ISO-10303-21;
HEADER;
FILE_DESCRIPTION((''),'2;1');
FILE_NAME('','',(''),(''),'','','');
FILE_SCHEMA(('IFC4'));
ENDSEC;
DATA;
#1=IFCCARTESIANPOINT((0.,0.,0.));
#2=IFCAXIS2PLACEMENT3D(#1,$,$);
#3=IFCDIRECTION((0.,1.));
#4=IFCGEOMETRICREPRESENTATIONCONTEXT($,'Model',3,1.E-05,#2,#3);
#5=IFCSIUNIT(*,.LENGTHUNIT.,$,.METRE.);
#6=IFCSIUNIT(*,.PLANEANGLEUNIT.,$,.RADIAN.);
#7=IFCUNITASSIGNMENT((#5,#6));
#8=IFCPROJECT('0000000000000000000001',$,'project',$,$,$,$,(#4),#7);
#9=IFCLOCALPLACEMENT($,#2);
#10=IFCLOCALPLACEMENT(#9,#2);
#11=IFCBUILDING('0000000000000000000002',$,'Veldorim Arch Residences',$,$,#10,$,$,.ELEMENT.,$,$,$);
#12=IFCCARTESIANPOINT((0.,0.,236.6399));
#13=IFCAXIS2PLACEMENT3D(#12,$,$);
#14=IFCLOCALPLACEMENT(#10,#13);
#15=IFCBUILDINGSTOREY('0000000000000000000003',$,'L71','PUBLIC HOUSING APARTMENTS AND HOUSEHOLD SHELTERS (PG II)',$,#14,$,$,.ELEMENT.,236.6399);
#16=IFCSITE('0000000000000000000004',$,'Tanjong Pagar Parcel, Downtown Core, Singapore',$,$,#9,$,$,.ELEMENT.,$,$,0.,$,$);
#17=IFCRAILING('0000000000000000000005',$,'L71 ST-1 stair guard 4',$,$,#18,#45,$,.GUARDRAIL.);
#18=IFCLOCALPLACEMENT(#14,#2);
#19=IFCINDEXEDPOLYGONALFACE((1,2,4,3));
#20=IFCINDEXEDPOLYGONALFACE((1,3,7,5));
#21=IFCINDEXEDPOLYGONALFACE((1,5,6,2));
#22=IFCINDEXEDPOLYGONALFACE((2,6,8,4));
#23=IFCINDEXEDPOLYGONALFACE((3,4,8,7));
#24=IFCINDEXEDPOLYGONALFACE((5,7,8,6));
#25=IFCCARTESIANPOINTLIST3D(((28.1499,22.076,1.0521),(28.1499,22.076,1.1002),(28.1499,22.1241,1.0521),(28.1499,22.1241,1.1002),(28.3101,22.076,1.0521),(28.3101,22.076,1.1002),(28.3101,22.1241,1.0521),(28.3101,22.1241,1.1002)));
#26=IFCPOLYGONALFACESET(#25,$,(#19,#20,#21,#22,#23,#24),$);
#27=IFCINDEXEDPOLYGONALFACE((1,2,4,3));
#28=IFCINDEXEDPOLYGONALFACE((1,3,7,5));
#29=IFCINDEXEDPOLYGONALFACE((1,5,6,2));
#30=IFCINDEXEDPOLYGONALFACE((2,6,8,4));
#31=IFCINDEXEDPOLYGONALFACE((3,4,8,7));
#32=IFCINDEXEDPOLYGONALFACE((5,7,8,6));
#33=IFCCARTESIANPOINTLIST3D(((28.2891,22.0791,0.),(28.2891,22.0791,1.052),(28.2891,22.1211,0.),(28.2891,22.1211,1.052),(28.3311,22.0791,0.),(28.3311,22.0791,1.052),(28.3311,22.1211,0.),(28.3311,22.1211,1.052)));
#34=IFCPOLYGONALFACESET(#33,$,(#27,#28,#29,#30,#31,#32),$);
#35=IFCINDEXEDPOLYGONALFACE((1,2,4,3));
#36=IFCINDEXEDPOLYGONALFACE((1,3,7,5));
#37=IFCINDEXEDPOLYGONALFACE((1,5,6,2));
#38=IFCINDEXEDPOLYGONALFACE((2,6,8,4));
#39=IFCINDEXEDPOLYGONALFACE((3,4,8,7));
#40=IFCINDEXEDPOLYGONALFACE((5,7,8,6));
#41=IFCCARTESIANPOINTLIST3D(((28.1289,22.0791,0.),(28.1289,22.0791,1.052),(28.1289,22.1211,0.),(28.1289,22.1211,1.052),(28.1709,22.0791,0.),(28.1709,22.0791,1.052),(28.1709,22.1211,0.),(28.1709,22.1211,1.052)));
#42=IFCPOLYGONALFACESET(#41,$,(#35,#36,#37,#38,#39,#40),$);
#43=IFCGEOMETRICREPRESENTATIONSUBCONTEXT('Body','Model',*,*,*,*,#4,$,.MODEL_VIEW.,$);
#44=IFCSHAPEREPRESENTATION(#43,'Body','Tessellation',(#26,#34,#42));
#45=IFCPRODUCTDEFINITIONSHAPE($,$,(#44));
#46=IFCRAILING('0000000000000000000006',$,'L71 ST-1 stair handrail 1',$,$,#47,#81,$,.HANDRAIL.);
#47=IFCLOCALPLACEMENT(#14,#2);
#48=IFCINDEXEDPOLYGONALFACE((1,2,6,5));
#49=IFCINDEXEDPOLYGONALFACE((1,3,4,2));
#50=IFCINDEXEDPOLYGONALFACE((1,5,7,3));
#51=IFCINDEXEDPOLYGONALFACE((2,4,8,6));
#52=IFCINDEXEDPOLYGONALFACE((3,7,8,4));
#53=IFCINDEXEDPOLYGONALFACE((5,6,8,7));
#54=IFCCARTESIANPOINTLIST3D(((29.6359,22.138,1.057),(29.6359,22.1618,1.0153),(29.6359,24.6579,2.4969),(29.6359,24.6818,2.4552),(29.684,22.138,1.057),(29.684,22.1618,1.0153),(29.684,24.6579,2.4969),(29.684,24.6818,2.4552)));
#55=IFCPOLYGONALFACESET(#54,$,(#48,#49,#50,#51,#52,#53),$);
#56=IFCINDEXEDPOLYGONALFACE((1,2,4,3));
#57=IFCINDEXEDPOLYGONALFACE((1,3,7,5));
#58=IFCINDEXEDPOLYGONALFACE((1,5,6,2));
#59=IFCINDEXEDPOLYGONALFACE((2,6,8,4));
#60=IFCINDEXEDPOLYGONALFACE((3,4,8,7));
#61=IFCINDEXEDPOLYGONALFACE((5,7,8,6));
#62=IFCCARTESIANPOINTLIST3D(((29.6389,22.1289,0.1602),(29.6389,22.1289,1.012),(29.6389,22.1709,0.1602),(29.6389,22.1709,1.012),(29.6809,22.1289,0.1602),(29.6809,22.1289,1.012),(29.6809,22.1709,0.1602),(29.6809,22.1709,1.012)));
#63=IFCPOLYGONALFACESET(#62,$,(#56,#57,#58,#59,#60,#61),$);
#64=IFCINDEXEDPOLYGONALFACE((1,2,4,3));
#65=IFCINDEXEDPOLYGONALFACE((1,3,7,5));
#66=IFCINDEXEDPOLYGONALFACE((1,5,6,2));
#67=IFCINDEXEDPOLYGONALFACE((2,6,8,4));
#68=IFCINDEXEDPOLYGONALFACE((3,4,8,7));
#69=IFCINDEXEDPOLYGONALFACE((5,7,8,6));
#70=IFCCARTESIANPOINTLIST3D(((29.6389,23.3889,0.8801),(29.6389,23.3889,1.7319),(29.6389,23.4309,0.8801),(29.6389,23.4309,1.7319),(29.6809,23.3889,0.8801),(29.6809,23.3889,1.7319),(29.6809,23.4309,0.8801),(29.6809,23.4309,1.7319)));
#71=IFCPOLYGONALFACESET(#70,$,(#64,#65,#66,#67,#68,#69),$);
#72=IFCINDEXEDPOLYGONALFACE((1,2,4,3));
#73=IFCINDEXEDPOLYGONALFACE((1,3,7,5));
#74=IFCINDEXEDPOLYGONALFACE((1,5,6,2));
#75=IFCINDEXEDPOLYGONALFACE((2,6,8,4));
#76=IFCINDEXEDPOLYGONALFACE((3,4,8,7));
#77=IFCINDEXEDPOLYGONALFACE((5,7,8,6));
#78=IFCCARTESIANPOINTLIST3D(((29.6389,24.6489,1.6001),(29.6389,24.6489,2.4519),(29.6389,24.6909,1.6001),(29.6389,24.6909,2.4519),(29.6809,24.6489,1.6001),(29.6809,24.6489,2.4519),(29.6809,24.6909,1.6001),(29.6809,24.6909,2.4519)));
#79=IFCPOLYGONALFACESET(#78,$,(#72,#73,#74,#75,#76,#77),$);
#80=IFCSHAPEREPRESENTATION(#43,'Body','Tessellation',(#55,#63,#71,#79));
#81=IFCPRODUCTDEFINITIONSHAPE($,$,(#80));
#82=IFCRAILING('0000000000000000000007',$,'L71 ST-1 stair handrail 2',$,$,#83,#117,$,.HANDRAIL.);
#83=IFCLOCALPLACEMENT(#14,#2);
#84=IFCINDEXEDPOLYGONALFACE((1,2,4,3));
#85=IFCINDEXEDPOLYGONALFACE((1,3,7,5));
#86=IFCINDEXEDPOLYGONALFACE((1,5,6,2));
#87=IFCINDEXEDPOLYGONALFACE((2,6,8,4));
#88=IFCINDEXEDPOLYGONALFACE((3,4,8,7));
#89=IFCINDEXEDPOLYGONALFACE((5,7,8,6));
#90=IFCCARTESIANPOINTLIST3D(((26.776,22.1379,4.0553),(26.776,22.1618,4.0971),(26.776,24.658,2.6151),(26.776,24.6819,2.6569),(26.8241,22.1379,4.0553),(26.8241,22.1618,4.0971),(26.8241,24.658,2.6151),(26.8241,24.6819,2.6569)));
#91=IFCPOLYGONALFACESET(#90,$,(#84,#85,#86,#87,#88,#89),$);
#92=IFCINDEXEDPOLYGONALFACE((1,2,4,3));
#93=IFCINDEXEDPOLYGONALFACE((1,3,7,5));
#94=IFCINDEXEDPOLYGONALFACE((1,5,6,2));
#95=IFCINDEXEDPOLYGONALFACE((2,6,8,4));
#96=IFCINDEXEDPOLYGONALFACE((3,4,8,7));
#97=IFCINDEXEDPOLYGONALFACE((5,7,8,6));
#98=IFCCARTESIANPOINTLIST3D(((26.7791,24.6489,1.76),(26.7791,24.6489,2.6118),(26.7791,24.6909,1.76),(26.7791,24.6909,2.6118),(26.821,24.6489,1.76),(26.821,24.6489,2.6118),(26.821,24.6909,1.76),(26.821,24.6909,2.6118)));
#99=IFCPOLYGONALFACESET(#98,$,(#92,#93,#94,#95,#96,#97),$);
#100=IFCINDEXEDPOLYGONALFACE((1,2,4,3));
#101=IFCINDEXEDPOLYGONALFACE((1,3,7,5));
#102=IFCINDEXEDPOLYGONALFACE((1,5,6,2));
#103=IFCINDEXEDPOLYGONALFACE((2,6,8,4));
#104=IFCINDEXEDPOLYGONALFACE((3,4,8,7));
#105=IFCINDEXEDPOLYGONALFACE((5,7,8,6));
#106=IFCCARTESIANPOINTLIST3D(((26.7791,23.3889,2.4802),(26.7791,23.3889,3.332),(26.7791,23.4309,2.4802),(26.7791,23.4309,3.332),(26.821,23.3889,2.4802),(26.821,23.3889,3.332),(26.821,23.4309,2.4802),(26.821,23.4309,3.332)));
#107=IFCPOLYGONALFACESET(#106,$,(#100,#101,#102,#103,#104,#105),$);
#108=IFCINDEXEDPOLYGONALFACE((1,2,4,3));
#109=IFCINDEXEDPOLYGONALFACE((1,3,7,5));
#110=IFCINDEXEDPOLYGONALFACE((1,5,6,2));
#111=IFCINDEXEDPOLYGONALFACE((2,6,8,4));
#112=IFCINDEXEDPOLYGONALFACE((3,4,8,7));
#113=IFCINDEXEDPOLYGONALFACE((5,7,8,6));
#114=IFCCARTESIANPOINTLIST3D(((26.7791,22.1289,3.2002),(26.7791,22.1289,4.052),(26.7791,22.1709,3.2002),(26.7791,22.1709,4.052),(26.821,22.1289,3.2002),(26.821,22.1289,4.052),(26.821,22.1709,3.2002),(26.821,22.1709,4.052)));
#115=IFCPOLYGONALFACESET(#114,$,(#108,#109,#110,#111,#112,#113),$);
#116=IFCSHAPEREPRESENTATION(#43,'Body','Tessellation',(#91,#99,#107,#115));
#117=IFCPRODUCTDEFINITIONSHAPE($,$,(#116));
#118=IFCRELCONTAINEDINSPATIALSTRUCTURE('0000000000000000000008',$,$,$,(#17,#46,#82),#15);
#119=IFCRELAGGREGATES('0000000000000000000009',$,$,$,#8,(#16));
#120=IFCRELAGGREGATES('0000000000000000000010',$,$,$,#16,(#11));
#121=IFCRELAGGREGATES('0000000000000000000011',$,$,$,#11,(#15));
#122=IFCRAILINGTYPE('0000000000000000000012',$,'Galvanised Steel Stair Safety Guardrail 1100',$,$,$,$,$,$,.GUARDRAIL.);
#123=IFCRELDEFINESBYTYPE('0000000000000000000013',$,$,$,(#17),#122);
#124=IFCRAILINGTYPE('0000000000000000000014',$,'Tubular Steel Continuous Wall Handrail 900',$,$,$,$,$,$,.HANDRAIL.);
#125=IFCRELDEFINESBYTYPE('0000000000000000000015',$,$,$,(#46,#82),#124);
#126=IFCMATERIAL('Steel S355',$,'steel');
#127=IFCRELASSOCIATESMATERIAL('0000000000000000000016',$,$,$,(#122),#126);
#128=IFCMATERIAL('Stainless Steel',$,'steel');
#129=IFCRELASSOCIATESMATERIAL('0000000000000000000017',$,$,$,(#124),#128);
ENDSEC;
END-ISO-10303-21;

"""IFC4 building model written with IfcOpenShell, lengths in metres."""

from ifc_helpers import new_model, si_unit, direction, frame, origin, origin_2d, place, context, subcontext, project, spatial, rectangle, extrude, material, type_object, element, save


model = new_model("IFC4")

# Units and contexts
model_context = context("Model", 3, precision=1e-05, world=origin(), true_north=direction((0.0, 1.0)))
body_context = subcontext(model_context, "Body", "Model", "MODEL_VIEW")
ifc_project = project(units=[si_unit("LENGTHUNIT", "METRE"), si_unit("PLANEANGLEUNIT", "RADIAN")], contexts=[model_context])

# Site, building, storey
site_placement = place(None, origin())
site = spatial("IfcSite", under=ifc_project, at=site_placement, Name="Tanjong Pagar Parcel, Downtown Core, Singapore", CompositionType="ELEMENT", RefElevation=0.0)
building_placement = place(site_placement, origin())
building = spatial("IfcBuilding", under=site, at=building_placement, Name="Veldorim Arch Residences", CompositionType="ELEMENT")
storey_placement = place(building_placement, frame((0.0, 0.0, 236.6399)))
storey = spatial("IfcBuildingStorey", under=building, at=storey_placement, Name="L71", Description="PUBLIC HOUSING APARTMENTS AND HOUSEHOLD SHELTERS (PG II)", CompositionType="ELEMENT", Elevation=236.6399)

# Railings
ifc_material_1 = material(Name="Steel S355", Category="steel")
railing_type_1 = type_object("IfcRailingType", Name="Galvanised Steel Stair Safety Guardrail 1100", PredefinedType="GUARDRAIL", material=ifc_material_1)
railing_1_placement = place(storey_placement, frame((28.3101, 22.1001, 0.0)))
element("IfcRailing", 1, at=railing_1_placement, inside=storey, type_object=railing_type_1, Name="L71 ST-1 stair guard 4", PredefinedType="GUARDRAIL", context=body_context, shape_type="SweptSolid", body=[
    extrude(rectangle(XDim=0.0481, YDim=0.0481, at=origin_2d()), frame((0.0, 0.0, 1.0762), z_axis=(-1.0, 0.0, 0.0), x_axis=(0.0, -1.0, 0.0)), (0.0, 0.0, 1.0), 0.1602),
    extrude(rectangle(XDim=0.042, YDim=0.042, at=origin_2d()), origin(), (0.0, 0.0, 1.0), 1.052),
    extrude(rectangle(XDim=0.042, YDim=0.042, at=origin_2d()), frame((-0.1602, 0.0, 0.0)), (0.0, 0.0, 1.0), 1.052),
])
ifc_material_2 = material(Name="Stainless Steel", Category="steel")
railing_type_2 = type_object("IfcRailingType", Name="Tubular Steel Continuous Wall Handrail 900", PredefinedType="HANDRAIL", material=ifc_material_2)
railing_2_placement = place(storey_placement, frame((29.6599, 22.1499, 0.1602)))
element("IfcRailing", 2, at=railing_2_placement, inside=storey, type_object=railing_type_2, Name="L71 ST-1 stair handrail 1", PredefinedType="HANDRAIL", context=body_context, shape_type="SweptSolid", body=[
    extrude(rectangle(XDim=0.0481, YDim=0.0481, at=origin_2d()), frame((0.0, 0.0, 0.876), z_axis=(0.0, 0.868253, 0.496121), x_axis=(-1.0, 0.0, 0.0)), (0.0, 0.0, 1.0), 2.9023),
    extrude(rectangle(XDim=0.042, YDim=0.042, at=origin_2d()), origin(), (0.0, 0.0, 1.0), 0.8518),
    extrude(rectangle(XDim=0.042, YDim=0.042, at=origin_2d()), frame((0.0, 1.26, 0.72)), (0.0, 0.0, 1.0), 0.8518),
    extrude(rectangle(XDim=0.042, YDim=0.042, at=origin_2d()), frame((0.0, 2.52, 1.4399)), (0.0, 0.0, 1.0), 0.8518),
])
railing_3_placement = place(storey_placement, frame((26.8, 24.6699, 1.76)))
element("IfcRailing", 3, at=railing_3_placement, inside=storey, type_object=railing_type_2, Name="L71 ST-1 stair handrail 2", PredefinedType="HANDRAIL", context=body_context, shape_type="SweptSolid", body=[
    extrude(rectangle(XDim=0.0481, YDim=0.0481, at=origin_2d()), frame((0.0, 0.0, 0.876), z_axis=(0.0, -0.868217, 0.496184), x_axis=(1.0, 0.0, 0.0)), (0.0, 0.0, 1.0), 2.9026),
    extrude(rectangle(XDim=0.042, YDim=0.042, at=origin_2d()), origin(), (0.0, 0.0, 1.0), 0.8518),
    extrude(rectangle(XDim=0.042, YDim=0.042, at=origin_2d()), frame((0.0, -1.26, 0.7202)), (0.0, 0.0, 1.0), 0.8518),
    extrude(rectangle(XDim=0.042, YDim=0.042, at=origin_2d()), frame((0.0, -2.52, 1.4402)), (0.0, 0.0, 1.0), 0.8518),
])

save(model, "model.ifc")
